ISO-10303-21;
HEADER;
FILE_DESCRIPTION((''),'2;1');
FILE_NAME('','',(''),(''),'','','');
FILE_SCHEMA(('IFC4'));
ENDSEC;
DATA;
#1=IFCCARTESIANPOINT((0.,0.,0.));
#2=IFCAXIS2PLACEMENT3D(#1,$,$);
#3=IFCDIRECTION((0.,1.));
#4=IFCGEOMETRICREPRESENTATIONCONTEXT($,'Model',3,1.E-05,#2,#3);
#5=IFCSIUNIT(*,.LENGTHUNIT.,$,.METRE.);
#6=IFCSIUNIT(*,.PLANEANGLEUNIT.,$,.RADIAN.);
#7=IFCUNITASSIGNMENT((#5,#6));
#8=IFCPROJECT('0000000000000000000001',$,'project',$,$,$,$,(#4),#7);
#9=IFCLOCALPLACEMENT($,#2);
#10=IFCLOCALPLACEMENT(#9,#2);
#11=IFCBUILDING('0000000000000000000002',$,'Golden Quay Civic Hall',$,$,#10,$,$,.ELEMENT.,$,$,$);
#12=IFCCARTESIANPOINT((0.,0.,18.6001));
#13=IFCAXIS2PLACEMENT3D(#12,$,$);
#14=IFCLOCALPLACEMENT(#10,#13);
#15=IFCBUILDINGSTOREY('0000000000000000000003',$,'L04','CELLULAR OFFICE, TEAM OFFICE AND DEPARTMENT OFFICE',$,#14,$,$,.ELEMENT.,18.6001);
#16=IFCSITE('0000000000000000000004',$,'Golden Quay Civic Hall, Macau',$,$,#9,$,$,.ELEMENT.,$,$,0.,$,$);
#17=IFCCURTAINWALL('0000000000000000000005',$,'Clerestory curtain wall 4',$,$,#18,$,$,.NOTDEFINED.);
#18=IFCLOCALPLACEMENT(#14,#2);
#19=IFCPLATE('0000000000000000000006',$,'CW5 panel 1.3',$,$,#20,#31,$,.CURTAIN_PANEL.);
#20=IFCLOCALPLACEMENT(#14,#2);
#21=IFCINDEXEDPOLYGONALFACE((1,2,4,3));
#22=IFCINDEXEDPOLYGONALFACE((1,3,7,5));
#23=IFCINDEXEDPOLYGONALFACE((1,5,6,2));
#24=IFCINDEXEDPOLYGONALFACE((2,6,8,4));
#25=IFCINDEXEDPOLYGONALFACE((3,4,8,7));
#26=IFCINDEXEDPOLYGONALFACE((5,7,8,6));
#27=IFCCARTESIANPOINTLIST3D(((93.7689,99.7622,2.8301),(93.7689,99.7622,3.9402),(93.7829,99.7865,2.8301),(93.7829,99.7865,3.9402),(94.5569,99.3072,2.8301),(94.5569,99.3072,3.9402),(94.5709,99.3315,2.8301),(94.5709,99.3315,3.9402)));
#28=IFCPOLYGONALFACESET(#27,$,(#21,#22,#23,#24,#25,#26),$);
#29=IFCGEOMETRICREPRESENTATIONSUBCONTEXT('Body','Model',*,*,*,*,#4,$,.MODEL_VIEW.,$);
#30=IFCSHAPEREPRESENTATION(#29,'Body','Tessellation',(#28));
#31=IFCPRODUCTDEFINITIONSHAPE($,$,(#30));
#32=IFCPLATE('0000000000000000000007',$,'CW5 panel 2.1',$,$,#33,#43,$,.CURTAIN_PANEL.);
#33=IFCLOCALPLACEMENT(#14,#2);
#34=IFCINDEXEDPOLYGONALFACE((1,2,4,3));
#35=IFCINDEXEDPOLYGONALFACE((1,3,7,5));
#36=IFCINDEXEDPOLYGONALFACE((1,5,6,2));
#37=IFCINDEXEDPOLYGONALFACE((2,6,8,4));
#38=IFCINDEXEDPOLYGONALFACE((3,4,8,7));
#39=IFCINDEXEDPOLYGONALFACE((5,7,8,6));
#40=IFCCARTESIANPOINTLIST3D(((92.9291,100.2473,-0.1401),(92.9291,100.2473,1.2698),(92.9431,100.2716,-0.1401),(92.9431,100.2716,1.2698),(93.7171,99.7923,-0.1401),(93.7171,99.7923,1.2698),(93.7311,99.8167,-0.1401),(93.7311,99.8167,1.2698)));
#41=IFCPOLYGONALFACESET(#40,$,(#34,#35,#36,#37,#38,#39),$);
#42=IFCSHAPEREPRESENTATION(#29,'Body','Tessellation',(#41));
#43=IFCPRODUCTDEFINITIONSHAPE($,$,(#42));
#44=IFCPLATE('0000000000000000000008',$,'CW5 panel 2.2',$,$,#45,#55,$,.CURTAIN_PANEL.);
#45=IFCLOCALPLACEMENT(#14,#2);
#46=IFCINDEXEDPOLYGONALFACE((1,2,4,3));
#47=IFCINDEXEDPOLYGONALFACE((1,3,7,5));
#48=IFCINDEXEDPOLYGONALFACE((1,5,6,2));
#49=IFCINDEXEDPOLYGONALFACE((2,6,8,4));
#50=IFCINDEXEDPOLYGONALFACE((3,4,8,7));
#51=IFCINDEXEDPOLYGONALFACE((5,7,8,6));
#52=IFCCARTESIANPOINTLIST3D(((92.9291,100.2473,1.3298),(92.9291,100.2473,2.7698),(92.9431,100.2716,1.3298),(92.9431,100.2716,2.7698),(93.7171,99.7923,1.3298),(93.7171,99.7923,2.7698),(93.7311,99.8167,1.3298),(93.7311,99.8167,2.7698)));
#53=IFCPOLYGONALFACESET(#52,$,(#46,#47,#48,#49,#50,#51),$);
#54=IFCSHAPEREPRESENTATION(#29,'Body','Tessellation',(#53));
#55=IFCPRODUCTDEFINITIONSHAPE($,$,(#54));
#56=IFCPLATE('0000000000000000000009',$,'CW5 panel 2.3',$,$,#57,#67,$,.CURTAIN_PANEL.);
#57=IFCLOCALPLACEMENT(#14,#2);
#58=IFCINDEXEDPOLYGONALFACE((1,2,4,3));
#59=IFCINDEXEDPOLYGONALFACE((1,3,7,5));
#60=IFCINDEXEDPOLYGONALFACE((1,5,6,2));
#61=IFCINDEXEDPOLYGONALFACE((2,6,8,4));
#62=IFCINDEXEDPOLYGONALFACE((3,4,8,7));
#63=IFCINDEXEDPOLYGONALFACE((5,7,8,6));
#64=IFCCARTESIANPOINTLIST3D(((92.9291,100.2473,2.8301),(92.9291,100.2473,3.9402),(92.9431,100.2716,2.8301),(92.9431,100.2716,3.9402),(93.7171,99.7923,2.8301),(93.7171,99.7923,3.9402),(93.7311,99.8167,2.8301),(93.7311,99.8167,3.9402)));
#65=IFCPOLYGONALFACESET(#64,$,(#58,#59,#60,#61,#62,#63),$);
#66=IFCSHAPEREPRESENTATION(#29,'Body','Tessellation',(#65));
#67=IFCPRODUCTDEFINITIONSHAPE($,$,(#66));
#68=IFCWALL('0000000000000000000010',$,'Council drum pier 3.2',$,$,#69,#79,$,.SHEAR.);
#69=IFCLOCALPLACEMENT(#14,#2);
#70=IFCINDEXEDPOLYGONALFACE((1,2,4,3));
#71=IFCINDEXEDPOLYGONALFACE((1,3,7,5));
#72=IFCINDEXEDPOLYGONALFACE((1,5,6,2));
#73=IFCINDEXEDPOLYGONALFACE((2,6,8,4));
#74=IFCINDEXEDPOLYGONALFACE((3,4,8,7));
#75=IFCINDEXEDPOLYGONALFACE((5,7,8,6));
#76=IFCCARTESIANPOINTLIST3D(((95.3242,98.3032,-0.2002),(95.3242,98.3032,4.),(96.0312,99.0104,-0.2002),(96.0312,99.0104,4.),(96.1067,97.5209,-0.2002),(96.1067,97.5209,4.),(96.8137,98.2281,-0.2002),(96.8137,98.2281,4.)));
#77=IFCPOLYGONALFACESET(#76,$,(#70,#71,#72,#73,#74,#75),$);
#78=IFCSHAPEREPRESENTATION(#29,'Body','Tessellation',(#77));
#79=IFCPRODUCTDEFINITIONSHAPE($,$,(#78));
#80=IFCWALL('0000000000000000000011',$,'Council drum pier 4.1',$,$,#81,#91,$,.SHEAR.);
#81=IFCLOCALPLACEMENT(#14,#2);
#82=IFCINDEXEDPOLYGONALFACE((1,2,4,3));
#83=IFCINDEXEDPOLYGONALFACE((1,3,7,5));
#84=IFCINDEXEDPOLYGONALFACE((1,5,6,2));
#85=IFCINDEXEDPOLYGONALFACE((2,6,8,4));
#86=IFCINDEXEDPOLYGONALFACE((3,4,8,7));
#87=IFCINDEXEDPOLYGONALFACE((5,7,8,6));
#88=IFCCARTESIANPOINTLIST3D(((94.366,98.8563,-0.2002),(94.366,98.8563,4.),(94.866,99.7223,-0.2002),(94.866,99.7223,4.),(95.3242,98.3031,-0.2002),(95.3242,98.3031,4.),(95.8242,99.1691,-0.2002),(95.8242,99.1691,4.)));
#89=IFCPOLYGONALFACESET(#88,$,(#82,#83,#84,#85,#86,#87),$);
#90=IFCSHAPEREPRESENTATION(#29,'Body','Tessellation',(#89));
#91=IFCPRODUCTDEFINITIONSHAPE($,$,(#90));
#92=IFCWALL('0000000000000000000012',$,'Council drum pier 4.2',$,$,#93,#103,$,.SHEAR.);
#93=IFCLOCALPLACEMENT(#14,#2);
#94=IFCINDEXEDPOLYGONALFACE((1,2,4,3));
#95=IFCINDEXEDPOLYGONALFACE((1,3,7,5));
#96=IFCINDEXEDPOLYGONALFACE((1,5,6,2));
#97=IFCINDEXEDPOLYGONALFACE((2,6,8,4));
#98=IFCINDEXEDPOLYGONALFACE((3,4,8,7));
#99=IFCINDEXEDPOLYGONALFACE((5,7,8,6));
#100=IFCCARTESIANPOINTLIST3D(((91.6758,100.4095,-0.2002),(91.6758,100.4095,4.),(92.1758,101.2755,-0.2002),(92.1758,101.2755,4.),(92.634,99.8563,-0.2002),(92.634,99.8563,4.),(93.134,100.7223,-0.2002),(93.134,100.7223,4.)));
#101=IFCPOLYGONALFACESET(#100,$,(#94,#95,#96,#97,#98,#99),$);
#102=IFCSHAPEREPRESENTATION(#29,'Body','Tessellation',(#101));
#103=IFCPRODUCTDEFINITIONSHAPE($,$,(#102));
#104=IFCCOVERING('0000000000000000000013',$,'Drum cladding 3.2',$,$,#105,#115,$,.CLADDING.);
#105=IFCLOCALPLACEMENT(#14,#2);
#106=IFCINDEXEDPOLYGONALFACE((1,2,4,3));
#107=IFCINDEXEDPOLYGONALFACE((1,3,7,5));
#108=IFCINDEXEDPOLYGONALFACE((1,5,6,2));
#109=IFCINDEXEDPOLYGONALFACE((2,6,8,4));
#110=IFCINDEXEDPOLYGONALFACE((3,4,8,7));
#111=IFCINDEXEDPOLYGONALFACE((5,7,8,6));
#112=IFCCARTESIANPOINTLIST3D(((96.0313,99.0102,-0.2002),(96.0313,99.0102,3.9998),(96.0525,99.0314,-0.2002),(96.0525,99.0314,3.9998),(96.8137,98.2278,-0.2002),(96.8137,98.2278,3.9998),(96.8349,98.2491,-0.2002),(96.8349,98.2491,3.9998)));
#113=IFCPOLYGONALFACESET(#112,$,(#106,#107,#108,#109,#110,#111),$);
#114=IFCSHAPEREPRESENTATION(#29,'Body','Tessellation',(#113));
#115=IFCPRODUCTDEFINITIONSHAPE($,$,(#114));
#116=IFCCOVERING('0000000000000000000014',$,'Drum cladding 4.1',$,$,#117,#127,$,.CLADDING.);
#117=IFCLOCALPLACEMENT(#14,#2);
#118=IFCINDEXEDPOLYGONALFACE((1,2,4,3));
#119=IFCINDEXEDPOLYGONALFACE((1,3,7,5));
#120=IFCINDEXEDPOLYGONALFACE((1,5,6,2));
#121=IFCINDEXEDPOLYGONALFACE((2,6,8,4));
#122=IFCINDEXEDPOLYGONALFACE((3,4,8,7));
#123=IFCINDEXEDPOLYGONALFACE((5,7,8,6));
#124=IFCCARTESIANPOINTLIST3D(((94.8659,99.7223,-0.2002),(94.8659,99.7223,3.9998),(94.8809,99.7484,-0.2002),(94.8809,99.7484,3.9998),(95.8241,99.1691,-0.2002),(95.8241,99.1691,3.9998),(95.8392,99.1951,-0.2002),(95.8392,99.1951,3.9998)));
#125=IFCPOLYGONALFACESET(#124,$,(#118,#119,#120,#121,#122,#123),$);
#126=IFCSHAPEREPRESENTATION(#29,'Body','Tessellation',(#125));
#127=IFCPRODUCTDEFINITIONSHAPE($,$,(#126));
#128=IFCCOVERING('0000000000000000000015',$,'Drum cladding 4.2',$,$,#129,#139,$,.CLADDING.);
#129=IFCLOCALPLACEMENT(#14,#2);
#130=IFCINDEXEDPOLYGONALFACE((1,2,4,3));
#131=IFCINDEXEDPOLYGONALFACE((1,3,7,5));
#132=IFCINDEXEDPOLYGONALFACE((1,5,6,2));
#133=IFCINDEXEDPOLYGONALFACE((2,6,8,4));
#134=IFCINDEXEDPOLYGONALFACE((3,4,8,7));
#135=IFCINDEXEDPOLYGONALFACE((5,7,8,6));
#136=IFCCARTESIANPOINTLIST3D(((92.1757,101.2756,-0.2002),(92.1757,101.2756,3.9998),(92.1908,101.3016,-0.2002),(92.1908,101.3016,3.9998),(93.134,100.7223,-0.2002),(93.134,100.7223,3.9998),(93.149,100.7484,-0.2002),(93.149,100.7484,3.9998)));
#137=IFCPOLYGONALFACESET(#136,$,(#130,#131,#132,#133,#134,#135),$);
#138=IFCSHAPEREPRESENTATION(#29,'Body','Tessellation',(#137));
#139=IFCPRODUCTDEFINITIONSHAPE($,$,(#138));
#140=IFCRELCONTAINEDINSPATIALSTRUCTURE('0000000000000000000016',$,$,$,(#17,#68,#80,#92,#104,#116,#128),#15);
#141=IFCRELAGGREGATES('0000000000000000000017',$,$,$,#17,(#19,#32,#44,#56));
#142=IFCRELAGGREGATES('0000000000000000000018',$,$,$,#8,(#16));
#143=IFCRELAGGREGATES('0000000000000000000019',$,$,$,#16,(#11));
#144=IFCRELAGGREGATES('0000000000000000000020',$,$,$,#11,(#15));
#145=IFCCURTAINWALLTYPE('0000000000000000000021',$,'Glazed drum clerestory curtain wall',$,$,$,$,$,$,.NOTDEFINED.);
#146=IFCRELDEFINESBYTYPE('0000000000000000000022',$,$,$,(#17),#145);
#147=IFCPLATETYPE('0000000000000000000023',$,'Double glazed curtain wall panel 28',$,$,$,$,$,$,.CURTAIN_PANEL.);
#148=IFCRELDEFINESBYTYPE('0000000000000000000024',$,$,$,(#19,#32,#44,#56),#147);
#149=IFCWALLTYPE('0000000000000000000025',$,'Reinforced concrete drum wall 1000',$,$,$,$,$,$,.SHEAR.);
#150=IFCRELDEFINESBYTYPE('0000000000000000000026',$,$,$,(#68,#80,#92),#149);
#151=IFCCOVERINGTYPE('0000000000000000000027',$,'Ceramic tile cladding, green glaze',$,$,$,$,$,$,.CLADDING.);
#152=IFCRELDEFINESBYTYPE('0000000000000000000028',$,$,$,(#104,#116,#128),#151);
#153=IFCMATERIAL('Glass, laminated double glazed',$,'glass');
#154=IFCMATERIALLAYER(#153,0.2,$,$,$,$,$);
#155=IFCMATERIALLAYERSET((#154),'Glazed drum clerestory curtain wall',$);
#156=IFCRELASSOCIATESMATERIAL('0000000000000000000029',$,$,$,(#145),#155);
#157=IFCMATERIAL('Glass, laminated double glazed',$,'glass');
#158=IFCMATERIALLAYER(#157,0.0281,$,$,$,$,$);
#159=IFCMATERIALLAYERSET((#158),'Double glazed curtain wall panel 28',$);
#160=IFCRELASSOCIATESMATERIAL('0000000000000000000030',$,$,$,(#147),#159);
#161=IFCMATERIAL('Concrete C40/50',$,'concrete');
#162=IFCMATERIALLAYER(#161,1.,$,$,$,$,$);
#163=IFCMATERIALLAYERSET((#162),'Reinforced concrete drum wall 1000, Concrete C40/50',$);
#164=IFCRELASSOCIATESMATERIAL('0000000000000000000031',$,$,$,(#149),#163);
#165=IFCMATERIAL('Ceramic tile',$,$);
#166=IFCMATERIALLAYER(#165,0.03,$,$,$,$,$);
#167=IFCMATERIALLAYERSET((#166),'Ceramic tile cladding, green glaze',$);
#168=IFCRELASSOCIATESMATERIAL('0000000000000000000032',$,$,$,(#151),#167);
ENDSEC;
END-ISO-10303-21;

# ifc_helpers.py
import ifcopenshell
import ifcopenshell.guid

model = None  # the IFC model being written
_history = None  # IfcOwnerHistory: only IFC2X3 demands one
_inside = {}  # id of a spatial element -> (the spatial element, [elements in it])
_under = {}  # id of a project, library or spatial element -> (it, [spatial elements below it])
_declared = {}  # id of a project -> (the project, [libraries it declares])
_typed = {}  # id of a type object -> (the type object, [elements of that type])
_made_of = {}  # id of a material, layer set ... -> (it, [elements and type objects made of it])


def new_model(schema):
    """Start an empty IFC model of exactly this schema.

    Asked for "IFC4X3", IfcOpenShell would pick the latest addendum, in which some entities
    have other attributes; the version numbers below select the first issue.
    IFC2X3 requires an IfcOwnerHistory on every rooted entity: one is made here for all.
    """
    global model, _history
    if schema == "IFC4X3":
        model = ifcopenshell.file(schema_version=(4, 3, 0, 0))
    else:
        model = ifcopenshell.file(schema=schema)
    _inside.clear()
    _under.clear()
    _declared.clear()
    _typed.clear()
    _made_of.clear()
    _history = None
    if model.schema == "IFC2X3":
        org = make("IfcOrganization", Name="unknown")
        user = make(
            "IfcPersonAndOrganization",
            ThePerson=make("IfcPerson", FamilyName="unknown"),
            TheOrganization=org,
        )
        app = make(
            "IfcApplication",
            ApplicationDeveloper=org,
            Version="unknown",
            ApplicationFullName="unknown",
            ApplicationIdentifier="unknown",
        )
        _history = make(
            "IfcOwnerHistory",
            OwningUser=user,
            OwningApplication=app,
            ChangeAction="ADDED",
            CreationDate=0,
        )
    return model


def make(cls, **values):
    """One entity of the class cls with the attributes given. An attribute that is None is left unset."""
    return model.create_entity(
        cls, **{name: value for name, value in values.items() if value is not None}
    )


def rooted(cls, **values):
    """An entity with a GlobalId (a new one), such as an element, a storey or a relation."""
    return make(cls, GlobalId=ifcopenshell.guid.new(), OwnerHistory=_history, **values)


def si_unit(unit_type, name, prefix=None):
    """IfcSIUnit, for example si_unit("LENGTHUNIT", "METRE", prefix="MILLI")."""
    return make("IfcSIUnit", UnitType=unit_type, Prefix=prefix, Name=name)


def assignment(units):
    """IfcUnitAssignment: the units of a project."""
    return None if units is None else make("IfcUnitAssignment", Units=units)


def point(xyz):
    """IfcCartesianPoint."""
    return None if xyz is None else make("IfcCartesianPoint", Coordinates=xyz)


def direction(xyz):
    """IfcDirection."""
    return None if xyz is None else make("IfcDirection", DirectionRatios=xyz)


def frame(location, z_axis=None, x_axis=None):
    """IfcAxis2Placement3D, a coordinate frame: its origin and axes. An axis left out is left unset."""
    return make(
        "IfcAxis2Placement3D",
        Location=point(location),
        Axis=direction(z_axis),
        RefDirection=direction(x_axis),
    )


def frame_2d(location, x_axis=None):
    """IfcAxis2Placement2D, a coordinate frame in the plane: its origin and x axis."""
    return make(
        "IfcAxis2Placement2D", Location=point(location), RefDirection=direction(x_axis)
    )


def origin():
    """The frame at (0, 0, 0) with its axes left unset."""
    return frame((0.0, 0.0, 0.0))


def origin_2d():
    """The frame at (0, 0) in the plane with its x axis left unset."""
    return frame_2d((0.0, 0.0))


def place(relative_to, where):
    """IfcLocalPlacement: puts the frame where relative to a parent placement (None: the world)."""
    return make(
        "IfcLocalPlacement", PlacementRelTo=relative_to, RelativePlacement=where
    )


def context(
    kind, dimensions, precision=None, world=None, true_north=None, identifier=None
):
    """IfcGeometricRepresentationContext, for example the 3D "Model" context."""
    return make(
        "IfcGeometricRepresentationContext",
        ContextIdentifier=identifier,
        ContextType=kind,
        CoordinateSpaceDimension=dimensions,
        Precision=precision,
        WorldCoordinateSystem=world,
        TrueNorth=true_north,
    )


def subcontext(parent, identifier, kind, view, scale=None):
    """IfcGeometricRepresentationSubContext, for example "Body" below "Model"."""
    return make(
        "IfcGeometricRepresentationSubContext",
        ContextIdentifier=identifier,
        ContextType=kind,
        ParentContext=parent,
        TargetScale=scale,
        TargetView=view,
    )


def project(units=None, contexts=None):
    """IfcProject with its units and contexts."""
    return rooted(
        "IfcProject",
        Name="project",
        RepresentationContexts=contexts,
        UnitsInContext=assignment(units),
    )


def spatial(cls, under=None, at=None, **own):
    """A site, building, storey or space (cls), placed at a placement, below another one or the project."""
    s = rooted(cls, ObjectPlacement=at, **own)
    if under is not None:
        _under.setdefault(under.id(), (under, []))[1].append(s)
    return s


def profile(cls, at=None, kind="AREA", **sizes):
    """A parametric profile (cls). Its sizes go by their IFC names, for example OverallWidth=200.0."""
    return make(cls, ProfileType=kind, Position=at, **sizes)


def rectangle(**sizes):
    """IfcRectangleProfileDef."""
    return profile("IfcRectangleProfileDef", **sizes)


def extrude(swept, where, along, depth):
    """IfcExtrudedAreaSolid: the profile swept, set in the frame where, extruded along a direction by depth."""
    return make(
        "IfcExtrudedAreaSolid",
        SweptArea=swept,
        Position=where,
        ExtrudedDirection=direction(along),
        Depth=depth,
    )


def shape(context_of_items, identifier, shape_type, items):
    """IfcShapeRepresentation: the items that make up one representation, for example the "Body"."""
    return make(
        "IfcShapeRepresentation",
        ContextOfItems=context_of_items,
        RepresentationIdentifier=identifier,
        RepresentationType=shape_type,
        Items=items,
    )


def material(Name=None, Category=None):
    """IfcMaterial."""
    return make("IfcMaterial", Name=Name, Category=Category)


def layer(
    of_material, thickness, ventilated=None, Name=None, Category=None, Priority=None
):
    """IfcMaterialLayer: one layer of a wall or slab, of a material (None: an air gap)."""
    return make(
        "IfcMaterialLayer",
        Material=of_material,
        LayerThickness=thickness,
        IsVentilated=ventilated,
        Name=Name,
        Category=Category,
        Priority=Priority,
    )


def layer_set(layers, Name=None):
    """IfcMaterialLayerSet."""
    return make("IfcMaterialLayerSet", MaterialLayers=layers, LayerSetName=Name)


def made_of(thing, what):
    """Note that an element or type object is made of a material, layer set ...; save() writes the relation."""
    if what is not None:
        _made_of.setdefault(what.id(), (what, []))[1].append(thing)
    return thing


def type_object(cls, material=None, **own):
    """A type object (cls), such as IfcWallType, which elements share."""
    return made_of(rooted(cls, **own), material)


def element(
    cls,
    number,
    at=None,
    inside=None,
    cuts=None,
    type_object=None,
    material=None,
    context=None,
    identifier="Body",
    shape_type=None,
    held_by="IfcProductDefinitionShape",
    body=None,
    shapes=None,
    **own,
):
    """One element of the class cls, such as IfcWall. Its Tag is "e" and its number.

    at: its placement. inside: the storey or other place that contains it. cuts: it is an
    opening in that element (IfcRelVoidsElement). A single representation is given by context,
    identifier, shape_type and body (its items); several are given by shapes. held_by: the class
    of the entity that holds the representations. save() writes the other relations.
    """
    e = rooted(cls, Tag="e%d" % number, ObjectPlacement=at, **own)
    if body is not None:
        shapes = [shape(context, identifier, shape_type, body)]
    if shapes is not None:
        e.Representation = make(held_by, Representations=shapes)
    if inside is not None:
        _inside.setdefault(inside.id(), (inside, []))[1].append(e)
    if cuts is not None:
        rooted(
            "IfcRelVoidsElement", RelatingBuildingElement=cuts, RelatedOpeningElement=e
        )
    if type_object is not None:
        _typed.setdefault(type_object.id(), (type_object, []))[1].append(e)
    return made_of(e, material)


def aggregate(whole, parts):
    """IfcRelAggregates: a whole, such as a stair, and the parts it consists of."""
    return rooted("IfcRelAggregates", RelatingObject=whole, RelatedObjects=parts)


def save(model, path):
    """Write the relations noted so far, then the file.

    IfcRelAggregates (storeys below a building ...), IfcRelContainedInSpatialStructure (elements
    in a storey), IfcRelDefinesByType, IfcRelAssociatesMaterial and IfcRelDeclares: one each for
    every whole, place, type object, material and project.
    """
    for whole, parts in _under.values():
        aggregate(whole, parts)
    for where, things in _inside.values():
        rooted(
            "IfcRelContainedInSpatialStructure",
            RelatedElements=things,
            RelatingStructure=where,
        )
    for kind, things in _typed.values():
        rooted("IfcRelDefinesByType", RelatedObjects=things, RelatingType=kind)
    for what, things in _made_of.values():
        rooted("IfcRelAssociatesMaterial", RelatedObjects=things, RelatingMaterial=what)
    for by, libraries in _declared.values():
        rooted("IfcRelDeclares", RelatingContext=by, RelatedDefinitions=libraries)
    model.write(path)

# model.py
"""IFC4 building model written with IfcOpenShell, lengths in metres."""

from ifc_helpers import new_model, si_unit, direction, frame, frame_2d, origin, origin_2d, place, context, subcontext, project, spatial, rectangle, extrude, material, layer, layer_set, type_object, element, aggregate, save


model = new_model("IFC4")

# Units and contexts
model_context = context("Model", 3, precision=1e-05, world=origin(), true_north=direction((0.0, 1.0)))
body_context = subcontext(model_context, "Body", "Model", "MODEL_VIEW")
ifc_project = project(units=[si_unit("LENGTHUNIT", "METRE"), si_unit("PLANEANGLEUNIT", "RADIAN")], contexts=[model_context])

# Site, building, storey
site_placement = place(None, origin())
site = spatial("IfcSite", under=ifc_project, at=site_placement, Name="Golden Quay Civic Hall, Macau", CompositionType="ELEMENT", RefElevation=0.0)
building_placement = place(site_placement, origin())
building = spatial("IfcBuilding", under=site, at=building_placement, Name="Golden Quay Civic Hall", CompositionType="ELEMENT")
storey_placement = place(building_placement, frame((0.0, 0.0, 18.6001)))
storey = spatial("IfcBuildingStorey", under=building, at=storey_placement, Name="L04", Description="CELLULAR OFFICE, TEAM OFFICE AND DEPARTMENT OFFICE", CompositionType="ELEMENT", Elevation=18.6001)

# Curtain wall
ifc_material_1 = material(Name="Glass, laminated double glazed", Category="glass")
ifc_layer_1 = layer(ifc_material_1, 0.2)
ifc_layer_set_1 = layer_set([ifc_layer_1], Name="Glazed drum clerestory curtain wall")
curtain_wall_type = type_object("IfcCurtainWallType", Name="Glazed drum clerestory curtain wall", PredefinedType="NOTDEFINED", material=ifc_layer_set_1)
curtain_wall_placement = place(storey_placement, origin())
curtain_wall = element("IfcCurtainWall", 1, at=curtain_wall_placement, inside=storey, type_object=curtain_wall_type, Name="Clerestory curtain wall 4", PredefinedType="NOTDEFINED")

# Plates
ifc_material_2 = material(Name="Glass, laminated double glazed", Category="glass")
ifc_layer_2 = layer(ifc_material_2, 0.0281)
ifc_layer_set_2 = layer_set([ifc_layer_2], Name="Double glazed curtain wall panel 28")
plate_type = type_object("IfcPlateType", Name="Double glazed curtain wall panel 28", PredefinedType="CURTAIN_PANEL", material=ifc_layer_set_2)
plate_1_placement = place(storey_placement, frame((94.1699, 99.5469, 2.8301), z_axis=(0.0, 0.0, 1.0), x_axis=(-0.866019, 0.500011, 0.0)))
plate_1 = element("IfcPlate", 2, at=plate_1_placement, type_object=plate_type, Name="CW5 panel 1.3", PredefinedType="CURTAIN_PANEL", context=body_context, shape_type="SweptSolid", body=[
    extrude(rectangle(XDim=0.9099, YDim=0.0281, at=origin_2d()), origin(), (0.0, 0.0, 1.0), 1.1101),
])
plate_2_placement = place(storey_placement, frame((93.3301, 100.032, -0.1401), z_axis=(0.0, 0.0, 1.0), x_axis=(-0.866019, 0.500011, 0.0)))
plate_2 = element("IfcPlate", 3, at=plate_2_placement, type_object=plate_type, Name="CW5 panel 2.1", PredefinedType="CURTAIN_PANEL", context=body_context, shape_type="SweptSolid", body=[
    extrude(rectangle(XDim=0.9099, YDim=0.0281, at=origin_2d()), origin(), (0.0, 0.0, 1.0), 1.4099),
])
plate_3_placement = place(storey_placement, frame((93.3301, 100.032, 1.3298), z_axis=(0.0, 0.0, 1.0), x_axis=(-0.866019, 0.500011, 0.0)))
plate_3 = element("IfcPlate", 4, at=plate_3_placement, type_object=plate_type, Name="CW5 panel 2.2", PredefinedType="CURTAIN_PANEL", context=body_context, shape_type="SweptSolid", body=[
    extrude(rectangle(XDim=0.9099, YDim=0.0281, at=origin_2d()), origin(), (0.0, 0.0, 1.0), 1.4399),
])
plate_4_placement = place(storey_placement, frame((93.3301, 100.032, 2.8301), z_axis=(0.0, 0.0, 1.0), x_axis=(-0.866019, 0.500011, 0.0)))
plate_4 = element("IfcPlate", 5, at=plate_4_placement, type_object=plate_type, Name="CW5 panel 2.3", PredefinedType="CURTAIN_PANEL", context=body_context, shape_type="SweptSolid", body=[
    extrude(rectangle(XDim=0.9099, YDim=0.0281, at=origin_2d()), origin(), (0.0, 0.0, 1.0), 1.1101),
])
aggregate(curtain_wall, [plate_1, plate_2, plate_3, plate_4])

# Walls
ifc_material_3 = material(Name="Concrete C40/50", Category="concrete")
ifc_layer_3 = layer(ifc_material_3, 1.0)
ifc_layer_set_3 = layer_set([ifc_layer_3], Name="Reinforced concrete drum wall 1000, Concrete C40/50")
wall_type = type_object("IfcWallType", Name="Reinforced concrete drum wall 1000", PredefinedType="SHEAR", material=ifc_layer_set_3)
for number, where, z_axis, x_axis, name in (
    (6, (96.4602, 97.8745, -0.2002), (0.0, 0.0, 1.0), (-0.707217, 0.706996, 0.0), "Council drum pier 3.2"),
    (7, (95.5742, 98.7361, -0.2002), (0.0, 0.0, 1.0), (-0.866035, 0.499983, 0.0), "Council drum pier 4.1"),
    (8, (92.884, 100.2893, -0.2002), (0.0, 0.0, 1.0), (-0.866035, 0.499983, 0.0), "Council drum pier 4.2"),
):
    element("IfcWall", number, at=place(storey_placement, frame(where, z_axis=z_axis, x_axis=x_axis)), inside=storey, type_object=wall_type, Name=name, PredefinedType="SHEAR", context=body_context, shape_type="SweptSolid", body=[
        extrude(rectangle(XDim=1.1064, YDim=1.0, at=frame_2d((0.5532, 0.0))), origin(), (0.0, 0.0, 1.0), 4.2002),
    ])

# Coverings
ifc_material_4 = material(Name="Ceramic tile")
ifc_layer_4 = layer(ifc_material_4, 0.03)
ifc_layer_set_4 = layer_set([ifc_layer_4], Name="Ceramic tile cladding, green glaze")
covering_type = type_object("IfcCoveringType", Name="Ceramic tile cladding, green glaze", PredefinedType="CLADDING", material=ifc_layer_set_4)
for number, where, z_axis, x_axis, name in (
    (9, (96.4331, 98.6296, -0.2002), (0.0, 0.0, 1.0), (-0.707107, 0.707107, 0.0), "Drum cladding 3.2"),
    (10, (95.3525, 99.4587, -0.2002), (0.0, 0.0, 1.0), (-0.866025, 0.5, 0.0), "Drum cladding 4.1"),
    (11, (92.6624, 101.012, -0.2002), (0.0, 0.0, 1.0), (-0.866025, 0.5, 0.0), "Drum cladding 4.2"),
):
    element("IfcCovering", number, at=place(storey_placement, frame(where, z_axis=z_axis, x_axis=x_axis)), inside=storey, type_object=covering_type, Name=name, PredefinedType="CLADDING", context=body_context, shape_type="SweptSolid", body=[
        extrude(rectangle(XDim=1.1064, YDim=0.03, at=origin_2d()), origin(), (0.0, 0.0, 1.0), 4.2),
    ])

save(model, "model.ifc")
